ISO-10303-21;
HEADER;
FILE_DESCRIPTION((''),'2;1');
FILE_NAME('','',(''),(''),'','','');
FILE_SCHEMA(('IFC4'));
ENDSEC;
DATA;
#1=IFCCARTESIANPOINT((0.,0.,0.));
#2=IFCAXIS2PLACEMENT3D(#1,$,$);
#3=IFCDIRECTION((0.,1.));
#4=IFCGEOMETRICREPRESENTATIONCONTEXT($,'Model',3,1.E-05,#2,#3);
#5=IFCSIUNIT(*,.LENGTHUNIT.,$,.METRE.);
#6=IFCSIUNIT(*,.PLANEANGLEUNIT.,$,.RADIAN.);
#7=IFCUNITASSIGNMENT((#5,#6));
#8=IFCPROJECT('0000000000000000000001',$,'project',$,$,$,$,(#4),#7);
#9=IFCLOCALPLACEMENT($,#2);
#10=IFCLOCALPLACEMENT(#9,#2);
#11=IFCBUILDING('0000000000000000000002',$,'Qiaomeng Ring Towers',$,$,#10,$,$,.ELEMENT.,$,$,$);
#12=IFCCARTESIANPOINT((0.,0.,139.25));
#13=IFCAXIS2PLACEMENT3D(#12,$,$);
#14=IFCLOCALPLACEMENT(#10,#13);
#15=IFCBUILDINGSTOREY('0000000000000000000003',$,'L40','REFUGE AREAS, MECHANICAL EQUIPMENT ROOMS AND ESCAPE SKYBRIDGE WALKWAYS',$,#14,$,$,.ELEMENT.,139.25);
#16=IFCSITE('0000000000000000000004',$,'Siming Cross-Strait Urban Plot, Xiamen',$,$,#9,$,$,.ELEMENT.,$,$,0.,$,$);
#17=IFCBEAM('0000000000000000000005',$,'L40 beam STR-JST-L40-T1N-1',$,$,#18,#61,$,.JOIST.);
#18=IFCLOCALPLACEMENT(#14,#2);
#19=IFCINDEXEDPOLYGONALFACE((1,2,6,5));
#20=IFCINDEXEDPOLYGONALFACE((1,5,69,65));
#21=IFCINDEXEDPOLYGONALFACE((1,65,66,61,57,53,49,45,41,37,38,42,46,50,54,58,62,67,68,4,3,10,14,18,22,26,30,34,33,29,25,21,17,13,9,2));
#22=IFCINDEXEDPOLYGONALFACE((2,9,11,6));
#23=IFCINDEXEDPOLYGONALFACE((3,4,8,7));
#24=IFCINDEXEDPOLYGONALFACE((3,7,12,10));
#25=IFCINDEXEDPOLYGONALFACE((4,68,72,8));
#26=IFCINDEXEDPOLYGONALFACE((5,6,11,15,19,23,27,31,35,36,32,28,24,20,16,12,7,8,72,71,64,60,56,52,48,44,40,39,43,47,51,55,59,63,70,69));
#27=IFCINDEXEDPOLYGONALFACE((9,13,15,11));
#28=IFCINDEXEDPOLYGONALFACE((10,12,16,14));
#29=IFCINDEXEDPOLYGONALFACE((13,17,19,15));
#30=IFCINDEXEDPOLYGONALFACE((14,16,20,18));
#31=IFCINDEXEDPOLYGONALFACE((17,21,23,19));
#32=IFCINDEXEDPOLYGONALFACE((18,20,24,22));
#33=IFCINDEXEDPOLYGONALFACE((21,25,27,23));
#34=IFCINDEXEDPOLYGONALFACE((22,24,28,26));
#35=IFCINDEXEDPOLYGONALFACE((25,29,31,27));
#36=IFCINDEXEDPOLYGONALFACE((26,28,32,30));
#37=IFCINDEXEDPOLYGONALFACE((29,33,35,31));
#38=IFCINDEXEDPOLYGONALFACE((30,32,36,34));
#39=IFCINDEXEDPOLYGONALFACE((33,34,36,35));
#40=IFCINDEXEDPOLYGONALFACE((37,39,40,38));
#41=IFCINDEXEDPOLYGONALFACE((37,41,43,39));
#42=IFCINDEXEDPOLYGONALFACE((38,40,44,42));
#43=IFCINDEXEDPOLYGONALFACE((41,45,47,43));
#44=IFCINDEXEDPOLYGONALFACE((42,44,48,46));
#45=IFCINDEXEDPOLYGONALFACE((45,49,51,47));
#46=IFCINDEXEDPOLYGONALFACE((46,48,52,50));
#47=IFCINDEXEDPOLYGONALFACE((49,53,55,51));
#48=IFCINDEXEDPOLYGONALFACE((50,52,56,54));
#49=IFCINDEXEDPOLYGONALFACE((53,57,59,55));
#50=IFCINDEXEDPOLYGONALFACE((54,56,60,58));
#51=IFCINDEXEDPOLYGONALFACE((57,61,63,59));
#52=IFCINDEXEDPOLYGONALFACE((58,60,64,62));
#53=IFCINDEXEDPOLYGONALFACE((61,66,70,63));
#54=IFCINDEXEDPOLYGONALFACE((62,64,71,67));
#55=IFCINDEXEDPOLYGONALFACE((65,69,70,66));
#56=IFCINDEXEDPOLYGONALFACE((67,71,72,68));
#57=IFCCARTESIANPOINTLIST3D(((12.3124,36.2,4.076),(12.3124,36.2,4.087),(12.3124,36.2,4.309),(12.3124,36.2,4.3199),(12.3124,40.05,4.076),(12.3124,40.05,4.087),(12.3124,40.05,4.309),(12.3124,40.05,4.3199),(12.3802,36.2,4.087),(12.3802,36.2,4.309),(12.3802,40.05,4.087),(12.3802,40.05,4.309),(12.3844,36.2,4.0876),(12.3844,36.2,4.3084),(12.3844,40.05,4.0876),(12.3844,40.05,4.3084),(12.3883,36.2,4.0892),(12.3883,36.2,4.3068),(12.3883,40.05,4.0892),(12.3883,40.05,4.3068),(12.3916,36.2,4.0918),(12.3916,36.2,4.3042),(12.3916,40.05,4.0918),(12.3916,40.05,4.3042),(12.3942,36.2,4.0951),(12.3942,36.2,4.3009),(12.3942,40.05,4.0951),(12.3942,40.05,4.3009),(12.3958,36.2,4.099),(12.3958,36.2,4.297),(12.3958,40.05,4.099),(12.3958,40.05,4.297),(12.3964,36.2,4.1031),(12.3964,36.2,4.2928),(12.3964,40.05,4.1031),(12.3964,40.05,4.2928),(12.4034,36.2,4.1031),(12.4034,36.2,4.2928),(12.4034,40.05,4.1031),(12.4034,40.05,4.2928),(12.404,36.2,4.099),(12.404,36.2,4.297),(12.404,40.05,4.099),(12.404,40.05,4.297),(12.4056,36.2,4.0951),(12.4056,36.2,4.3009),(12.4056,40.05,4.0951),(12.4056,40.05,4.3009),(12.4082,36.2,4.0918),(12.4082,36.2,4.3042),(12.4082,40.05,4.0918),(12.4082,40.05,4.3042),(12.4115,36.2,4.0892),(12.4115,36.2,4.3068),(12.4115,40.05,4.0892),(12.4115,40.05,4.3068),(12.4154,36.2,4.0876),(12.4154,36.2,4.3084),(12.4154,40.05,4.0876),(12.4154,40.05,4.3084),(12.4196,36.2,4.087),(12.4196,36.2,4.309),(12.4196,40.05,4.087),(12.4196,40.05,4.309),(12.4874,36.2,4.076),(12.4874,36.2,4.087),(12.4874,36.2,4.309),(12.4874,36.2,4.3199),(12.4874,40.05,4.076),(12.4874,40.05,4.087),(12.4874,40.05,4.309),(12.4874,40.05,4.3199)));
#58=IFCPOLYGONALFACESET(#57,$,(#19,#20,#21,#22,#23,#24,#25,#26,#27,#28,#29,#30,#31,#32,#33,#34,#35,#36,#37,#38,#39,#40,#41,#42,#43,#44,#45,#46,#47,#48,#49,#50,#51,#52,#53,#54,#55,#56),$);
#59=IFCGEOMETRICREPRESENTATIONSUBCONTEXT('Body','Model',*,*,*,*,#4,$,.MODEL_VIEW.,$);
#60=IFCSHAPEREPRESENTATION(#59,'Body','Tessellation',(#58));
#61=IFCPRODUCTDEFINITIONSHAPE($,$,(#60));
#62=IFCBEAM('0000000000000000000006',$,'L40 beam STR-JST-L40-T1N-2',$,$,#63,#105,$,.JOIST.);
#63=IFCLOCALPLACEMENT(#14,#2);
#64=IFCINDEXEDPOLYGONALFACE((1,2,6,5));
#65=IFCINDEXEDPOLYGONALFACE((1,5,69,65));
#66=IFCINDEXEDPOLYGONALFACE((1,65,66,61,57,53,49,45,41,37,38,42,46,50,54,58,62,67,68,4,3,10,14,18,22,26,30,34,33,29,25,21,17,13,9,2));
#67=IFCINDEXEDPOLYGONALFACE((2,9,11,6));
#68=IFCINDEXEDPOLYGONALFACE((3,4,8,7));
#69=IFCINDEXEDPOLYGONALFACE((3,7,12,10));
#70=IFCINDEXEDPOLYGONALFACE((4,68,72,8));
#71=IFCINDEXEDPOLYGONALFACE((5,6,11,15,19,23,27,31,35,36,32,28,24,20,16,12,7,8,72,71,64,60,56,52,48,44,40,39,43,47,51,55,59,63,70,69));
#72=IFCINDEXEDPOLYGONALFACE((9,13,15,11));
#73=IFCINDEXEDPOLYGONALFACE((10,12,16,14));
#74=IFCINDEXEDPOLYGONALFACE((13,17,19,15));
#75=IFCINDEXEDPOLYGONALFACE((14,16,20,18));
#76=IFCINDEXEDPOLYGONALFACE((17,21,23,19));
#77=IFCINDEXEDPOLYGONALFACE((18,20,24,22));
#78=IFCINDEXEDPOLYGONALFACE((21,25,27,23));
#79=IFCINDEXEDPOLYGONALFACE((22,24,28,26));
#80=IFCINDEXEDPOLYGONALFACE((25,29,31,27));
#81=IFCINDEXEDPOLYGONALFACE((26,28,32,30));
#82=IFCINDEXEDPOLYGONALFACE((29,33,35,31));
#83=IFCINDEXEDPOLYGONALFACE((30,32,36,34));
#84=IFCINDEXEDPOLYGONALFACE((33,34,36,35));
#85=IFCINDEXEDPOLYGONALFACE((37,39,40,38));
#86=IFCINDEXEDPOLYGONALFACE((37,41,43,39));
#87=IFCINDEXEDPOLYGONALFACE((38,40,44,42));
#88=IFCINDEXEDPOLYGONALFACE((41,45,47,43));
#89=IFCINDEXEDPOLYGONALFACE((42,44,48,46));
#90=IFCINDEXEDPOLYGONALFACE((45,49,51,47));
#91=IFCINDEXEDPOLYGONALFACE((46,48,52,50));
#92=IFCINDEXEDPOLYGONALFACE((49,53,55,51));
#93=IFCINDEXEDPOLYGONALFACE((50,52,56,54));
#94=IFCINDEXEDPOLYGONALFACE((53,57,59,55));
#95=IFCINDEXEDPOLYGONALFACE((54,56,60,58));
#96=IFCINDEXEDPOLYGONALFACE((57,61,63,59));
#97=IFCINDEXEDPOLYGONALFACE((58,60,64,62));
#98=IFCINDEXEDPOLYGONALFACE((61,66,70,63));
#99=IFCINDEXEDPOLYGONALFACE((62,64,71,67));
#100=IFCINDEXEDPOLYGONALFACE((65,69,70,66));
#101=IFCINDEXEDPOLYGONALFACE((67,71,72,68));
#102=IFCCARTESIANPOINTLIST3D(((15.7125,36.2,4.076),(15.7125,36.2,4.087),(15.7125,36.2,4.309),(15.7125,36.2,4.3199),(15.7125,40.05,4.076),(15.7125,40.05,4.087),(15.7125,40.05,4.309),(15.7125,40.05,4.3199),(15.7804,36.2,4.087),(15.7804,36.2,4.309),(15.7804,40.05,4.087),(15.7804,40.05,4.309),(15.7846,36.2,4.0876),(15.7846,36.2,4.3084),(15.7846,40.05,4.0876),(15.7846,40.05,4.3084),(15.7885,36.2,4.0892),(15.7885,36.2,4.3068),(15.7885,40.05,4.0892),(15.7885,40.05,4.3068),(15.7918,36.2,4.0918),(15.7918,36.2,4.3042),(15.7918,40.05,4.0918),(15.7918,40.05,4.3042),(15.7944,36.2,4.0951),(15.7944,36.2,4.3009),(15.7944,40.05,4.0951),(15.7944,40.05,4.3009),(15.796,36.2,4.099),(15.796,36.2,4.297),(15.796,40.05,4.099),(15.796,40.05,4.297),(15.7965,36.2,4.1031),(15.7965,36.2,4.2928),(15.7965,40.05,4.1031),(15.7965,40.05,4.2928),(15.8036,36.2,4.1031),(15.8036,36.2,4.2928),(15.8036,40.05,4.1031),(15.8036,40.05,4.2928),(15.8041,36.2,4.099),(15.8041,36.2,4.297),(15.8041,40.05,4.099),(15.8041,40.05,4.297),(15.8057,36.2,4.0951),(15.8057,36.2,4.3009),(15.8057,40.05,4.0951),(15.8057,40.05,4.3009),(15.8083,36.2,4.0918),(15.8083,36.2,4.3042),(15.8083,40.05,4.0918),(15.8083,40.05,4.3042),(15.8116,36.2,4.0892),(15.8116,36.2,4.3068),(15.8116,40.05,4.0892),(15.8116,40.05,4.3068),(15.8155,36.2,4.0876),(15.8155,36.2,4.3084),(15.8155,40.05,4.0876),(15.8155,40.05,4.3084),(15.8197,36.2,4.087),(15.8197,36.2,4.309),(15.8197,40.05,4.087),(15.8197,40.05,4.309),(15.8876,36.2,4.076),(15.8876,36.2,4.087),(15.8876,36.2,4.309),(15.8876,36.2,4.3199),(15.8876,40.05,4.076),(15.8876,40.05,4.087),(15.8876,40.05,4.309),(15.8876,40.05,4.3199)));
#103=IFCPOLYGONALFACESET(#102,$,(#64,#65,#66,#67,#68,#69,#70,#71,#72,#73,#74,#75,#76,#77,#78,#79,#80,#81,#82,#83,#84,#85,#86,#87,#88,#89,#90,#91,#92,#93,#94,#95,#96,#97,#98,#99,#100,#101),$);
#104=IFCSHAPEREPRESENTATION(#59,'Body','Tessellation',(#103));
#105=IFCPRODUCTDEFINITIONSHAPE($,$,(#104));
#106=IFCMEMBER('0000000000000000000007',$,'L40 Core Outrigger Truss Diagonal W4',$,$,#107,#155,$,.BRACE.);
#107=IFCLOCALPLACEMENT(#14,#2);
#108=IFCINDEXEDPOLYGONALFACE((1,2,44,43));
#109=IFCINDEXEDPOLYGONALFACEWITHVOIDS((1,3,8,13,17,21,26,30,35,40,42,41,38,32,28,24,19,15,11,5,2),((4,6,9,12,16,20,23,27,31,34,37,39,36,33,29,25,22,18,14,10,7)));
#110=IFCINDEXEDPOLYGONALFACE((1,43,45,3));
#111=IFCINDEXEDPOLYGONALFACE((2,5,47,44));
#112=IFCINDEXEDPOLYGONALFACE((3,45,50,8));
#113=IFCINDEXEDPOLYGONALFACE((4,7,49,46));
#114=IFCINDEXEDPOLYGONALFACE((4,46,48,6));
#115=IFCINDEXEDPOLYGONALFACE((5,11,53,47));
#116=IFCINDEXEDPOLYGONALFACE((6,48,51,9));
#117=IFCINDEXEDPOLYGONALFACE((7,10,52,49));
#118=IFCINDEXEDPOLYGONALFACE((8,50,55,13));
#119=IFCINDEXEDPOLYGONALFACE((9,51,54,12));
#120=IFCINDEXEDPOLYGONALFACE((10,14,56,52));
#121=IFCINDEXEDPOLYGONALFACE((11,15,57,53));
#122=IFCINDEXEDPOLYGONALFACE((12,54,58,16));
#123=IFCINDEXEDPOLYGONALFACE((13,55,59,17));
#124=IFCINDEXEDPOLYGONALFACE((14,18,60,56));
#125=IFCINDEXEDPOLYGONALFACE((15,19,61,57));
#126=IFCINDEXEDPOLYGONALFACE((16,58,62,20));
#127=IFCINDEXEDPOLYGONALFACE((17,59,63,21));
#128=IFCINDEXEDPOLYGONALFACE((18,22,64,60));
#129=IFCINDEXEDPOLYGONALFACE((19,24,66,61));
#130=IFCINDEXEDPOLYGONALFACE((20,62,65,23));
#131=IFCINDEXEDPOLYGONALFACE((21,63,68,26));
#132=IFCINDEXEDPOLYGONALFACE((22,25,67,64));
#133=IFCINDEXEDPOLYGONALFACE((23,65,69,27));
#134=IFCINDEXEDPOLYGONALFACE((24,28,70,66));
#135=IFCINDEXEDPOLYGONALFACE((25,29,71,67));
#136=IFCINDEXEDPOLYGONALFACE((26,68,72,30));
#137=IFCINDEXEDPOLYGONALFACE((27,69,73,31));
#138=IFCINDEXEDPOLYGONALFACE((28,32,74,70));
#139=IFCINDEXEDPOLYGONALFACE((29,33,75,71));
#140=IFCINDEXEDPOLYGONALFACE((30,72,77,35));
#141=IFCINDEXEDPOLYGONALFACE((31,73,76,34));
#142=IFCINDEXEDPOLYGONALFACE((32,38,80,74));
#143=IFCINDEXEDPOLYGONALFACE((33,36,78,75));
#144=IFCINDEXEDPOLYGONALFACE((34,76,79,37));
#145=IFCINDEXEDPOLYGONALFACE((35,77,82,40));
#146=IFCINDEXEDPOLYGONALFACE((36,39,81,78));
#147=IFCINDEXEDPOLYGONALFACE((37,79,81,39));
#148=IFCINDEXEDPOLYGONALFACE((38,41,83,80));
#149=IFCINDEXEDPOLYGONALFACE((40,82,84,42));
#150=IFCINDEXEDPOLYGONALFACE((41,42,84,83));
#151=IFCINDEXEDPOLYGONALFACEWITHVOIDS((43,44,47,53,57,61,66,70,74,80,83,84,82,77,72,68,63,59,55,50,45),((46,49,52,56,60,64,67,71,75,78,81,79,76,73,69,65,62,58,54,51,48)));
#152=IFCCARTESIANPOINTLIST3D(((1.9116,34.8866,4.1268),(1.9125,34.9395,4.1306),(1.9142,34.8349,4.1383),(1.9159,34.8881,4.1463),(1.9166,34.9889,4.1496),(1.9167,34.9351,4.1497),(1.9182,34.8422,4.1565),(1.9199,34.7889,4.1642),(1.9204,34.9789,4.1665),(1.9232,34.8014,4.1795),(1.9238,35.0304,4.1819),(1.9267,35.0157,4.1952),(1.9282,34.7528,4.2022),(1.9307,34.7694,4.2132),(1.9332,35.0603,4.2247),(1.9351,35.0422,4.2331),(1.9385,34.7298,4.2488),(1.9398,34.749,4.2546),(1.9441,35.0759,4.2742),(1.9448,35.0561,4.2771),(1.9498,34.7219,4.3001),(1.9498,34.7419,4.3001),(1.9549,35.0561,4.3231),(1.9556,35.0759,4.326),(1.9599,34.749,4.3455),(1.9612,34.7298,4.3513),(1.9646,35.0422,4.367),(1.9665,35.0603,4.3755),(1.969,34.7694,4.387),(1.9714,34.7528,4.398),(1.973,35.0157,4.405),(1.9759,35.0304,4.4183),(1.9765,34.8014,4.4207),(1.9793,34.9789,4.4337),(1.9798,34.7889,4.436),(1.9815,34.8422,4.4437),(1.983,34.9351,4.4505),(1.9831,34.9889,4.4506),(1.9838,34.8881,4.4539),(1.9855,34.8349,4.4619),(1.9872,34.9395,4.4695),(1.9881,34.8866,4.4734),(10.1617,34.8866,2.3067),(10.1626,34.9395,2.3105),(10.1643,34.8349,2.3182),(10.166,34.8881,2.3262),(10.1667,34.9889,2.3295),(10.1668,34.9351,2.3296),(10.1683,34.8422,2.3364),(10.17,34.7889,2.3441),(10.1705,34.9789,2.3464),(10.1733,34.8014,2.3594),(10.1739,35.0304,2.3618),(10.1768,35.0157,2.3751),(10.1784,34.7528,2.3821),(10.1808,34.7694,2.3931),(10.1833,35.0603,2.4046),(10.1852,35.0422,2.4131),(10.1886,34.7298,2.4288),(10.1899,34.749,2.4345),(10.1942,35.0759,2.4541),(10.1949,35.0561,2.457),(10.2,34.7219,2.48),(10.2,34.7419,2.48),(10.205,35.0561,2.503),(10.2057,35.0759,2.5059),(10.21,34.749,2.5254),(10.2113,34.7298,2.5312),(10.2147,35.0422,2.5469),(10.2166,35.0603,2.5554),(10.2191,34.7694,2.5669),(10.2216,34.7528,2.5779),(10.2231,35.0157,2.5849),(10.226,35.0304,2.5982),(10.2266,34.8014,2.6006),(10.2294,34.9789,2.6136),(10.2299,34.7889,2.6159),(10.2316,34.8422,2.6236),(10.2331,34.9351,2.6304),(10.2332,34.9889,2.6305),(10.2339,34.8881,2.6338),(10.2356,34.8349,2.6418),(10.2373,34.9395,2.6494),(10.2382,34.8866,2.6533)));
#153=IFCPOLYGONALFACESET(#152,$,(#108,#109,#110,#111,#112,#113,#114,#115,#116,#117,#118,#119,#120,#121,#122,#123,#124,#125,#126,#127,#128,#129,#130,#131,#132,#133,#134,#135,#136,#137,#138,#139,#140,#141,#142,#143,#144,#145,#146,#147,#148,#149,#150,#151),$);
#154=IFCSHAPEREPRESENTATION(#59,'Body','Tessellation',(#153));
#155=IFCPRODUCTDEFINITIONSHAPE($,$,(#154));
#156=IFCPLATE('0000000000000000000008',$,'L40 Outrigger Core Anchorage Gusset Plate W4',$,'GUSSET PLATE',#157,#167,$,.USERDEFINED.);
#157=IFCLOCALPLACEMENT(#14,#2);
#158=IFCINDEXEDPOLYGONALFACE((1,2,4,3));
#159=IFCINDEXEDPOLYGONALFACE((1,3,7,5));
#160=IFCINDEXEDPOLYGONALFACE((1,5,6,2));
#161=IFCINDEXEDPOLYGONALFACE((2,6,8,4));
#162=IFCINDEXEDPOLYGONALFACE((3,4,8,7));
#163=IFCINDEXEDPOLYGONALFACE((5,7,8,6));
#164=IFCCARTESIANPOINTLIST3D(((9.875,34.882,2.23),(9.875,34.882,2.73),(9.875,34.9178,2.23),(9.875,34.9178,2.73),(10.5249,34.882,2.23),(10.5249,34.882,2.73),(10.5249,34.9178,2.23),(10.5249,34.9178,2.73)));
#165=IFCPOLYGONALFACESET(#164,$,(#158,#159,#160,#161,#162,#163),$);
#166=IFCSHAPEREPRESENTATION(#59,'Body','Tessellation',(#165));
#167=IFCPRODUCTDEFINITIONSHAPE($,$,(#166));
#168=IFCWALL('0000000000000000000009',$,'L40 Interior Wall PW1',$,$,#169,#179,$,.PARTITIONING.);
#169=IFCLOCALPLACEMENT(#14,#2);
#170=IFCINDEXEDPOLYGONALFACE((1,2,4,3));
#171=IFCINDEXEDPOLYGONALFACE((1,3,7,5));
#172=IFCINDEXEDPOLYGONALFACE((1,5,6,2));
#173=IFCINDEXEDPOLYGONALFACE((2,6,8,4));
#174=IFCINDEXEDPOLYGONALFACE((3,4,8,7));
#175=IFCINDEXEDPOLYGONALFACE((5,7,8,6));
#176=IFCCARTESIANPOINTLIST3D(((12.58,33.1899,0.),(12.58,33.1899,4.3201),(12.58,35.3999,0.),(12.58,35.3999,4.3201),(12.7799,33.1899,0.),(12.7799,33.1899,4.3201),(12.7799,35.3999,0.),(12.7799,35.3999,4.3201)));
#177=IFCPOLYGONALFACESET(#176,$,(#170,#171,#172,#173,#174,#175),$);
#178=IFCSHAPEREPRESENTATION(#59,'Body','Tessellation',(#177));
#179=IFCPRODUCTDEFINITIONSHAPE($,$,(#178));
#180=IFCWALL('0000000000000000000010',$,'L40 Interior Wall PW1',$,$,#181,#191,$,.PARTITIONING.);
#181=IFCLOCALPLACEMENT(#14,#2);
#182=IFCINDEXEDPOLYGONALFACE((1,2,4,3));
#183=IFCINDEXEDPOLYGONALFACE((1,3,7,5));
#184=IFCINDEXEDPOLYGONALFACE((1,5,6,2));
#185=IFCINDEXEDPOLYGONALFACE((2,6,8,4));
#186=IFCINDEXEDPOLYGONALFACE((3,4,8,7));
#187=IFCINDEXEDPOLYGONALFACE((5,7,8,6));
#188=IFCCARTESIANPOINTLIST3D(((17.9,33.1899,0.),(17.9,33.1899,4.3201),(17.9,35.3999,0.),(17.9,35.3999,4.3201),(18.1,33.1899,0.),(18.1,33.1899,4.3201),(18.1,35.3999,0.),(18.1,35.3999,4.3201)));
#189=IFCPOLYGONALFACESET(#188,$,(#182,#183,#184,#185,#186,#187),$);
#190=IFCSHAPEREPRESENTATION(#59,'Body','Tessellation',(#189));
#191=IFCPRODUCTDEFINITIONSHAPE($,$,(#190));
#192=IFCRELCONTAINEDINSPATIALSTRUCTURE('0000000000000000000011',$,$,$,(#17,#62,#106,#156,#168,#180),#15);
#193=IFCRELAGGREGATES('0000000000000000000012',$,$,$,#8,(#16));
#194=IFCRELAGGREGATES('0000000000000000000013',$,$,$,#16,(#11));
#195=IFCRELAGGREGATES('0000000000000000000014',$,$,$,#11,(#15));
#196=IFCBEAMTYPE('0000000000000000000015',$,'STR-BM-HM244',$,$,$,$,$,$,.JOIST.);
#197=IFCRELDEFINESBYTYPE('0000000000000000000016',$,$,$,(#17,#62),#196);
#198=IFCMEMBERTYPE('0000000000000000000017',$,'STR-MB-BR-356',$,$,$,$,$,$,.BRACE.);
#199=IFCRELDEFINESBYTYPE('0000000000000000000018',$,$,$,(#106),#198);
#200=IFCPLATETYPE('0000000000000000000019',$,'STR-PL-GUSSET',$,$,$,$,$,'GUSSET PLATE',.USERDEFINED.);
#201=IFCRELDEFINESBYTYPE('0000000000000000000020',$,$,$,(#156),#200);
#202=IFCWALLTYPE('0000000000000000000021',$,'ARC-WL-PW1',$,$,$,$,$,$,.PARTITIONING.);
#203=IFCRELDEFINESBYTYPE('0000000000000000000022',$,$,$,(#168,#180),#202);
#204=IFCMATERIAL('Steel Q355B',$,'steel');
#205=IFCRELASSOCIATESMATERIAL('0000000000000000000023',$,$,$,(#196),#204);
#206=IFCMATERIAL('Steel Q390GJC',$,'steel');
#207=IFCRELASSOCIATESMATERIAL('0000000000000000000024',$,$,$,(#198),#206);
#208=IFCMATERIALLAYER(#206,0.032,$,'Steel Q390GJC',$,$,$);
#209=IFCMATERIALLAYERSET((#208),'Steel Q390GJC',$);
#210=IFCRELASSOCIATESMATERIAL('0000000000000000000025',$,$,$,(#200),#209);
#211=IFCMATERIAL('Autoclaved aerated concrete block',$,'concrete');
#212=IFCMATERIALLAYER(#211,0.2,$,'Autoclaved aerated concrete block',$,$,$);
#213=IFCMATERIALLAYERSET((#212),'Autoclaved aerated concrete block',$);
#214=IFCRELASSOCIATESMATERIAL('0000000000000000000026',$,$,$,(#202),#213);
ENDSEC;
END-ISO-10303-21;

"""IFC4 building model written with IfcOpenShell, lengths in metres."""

from ifc_helpers import new_model, si_unit, direction, frame, frame_2d, origin, origin_2d, place, context, subcontext, project, spatial, rectangle, hollow_circle, i_section, extrude, source, transform, mapped, material, layer, layer_set, material_profile, profile_set, type_object, element, save


model = new_model("IFC4")

# Units and contexts
model_context = context("Model", 3, precision=1e-05, world=origin(), true_north=direction((0.0, 1.0)))
body_context = subcontext(model_context, "Body", "Model", "MODEL_VIEW")
ifc_project = project(units=[si_unit("LENGTHUNIT", "METRE"), si_unit("PLANEANGLEUNIT", "RADIAN")], contexts=[model_context])

# Site, building, storey
site_placement = place(None, origin())
site = spatial("IfcSite", under=ifc_project, at=site_placement, Name="Siming Cross-Strait Urban Plot, Xiamen", CompositionType="ELEMENT", RefElevation=0.0)
building_placement = place(site_placement, origin())
building = spatial("IfcBuilding", under=site, at=building_placement, Name="Qiaomeng Ring Towers", CompositionType="ELEMENT")
storey_placement = place(building_placement, frame((0.0, 0.0, 139.25)))
storey = spatial("IfcBuildingStorey", under=building, at=storey_placement, Name="L40", Description="REFUGE AREAS, MECHANICAL EQUIPMENT ROOMS AND ESCAPE SKYBRIDGE WALKWAYS", CompositionType="ELEMENT", Elevation=139.25)

# Beams
ifc_material_1 = material(Name="Steel Q355B", Category="steel")
ifc_material_profile_1 = material_profile(ifc_material_1, i_section(OverallWidth=0.175, OverallDepth=0.2439, WebThickness=0.0071, FlangeThickness=0.011, FilletRadius=0.0161, at=origin_2d()), Name="HM 244x175x7x11")
ifc_profile_set_1 = profile_set([ifc_material_profile_1], Name="Steel Q355B")
beam_type = type_object("IfcBeamType", Name="STR-BM-HM244", PredefinedType="JOIST", material=ifc_profile_set_1)
shared_shape_1 = source(origin(), body_context, "Body", "SweptSolid", [
    extrude(i_section(OverallWidth=0.175, OverallDepth=0.2439, WebThickness=0.0071, FlangeThickness=0.011, FilletRadius=0.0161, at=origin_2d()), origin(), (0.0, 0.0, 1.0), 3.8501),
])
for number, where, z_axis, x_axis, name in (
    (1, (12.3999, 36.2, 4.198), (0.0, 1.0, 0.0), (-1.0, 0.0, 0.0), "L40 beam STR-JST-L40-T1N-1"),
    (2, (15.8, 36.2, 4.198), (0.0, 1.0, 0.0), (-1.0, 0.0, 0.0), "L40 beam STR-JST-L40-T1N-2"),
):
    element("IfcBeam", number, at=place(storey_placement, frame(where, z_axis=z_axis, x_axis=x_axis)), inside=storey, type_object=beam_type, Name=name, PredefinedType="JOIST", context=body_context, shape_type="MappedRepresentation", body=[
        mapped(shared_shape_1, transform((0.0, 0.0, 0.0), x_axis=(1.0, 0.0, 0.0), y_axis=(0.0, 1.0, 0.0), z_axis=(0.0, 0.0, 1.0), scale=1.0)),
    ])

# Member
ifc_material_2 = material(Name="Steel Q390GJC", Category="steel")
ifc_material_profile_2 = material_profile(ifc_material_2, hollow_circle(Radius=0.178, WallThickness=0.02, at=origin_2d()), Name="CHS 356x20")
ifc_profile_set_2 = profile_set([ifc_material_profile_2], Name="Steel Q390GJC")
member_type = type_object("IfcMemberType", Name="STR-MB-BR-356", PredefinedType="BRACE", material=ifc_profile_set_2)
shared_shape_2 = source(origin(), body_context, "Body", "SweptSolid", [
    extrude(hollow_circle(Radius=0.178, WallThickness=0.02, at=origin_2d()), origin(), (0.0, 0.0, 1.0), 8.4485),
])
member_placement = place(storey_placement, frame((10.2, 34.8999, 2.48), z_axis=(-0.976518, 0.0, 0.215434), x_axis=(0.0, -1.0, 0.0)))
element("IfcMember", 3, at=member_placement, inside=storey, type_object=member_type, Name="L40 Core Outrigger Truss Diagonal W4", PredefinedType="BRACE", context=body_context, shape_type="MappedRepresentation", body=[
    mapped(shared_shape_2, transform((0.0, 0.0, 0.0), x_axis=(1.0, 0.0, 0.0), y_axis=(0.0, 1.0, 0.0), z_axis=(0.0, 0.0, 1.0), scale=1.0)),
])

# Plate
ifc_layer_1 = layer(ifc_material_2, 0.032, Name="Steel Q390GJC")
ifc_layer_set_1 = layer_set([ifc_layer_1], Name="Steel Q390GJC")
plate_type = type_object("IfcPlateType", Name="STR-PL-GUSSET", ElementType="GUSSET PLATE", PredefinedType="USERDEFINED", material=ifc_layer_set_1)
shared_shape_3 = source(origin(), body_context, "Body", "SweptSolid", [
    extrude(rectangle(XDim=0.6499, YDim=0.0359, at=origin_2d()), origin(), (0.0, 0.0, 1.0), 0.5),
])
plate_placement = place(storey_placement, frame((10.2, 34.8999, 2.23), z_axis=(0.0, 0.0, 1.0), x_axis=(1.0, 0.0, 0.0)))
element("IfcPlate", 4, at=plate_placement, inside=storey, type_object=plate_type, Name="L40 Outrigger Core Anchorage Gusset Plate W4", ObjectType="GUSSET PLATE", PredefinedType="USERDEFINED", context=body_context, shape_type="MappedRepresentation", body=[
    mapped(shared_shape_3, transform((0.0, 0.0, 0.0), x_axis=(1.0, 0.0, 0.0), y_axis=(0.0, 1.0, 0.0), z_axis=(0.0, 0.0, 1.0), scale=1.0)),
])

# Walls
ifc_material_3 = material(Name="Autoclaved aerated concrete block", Category="concrete")
ifc_layer_2 = layer(ifc_material_3, 0.2, Name="Autoclaved aerated concrete block")
ifc_layer_set_2 = layer_set([ifc_layer_2], Name="Autoclaved aerated concrete block")
wall_type_1 = type_object("IfcWallType", Name="ARC-WL-PW1", PredefinedType="PARTITIONING", material=ifc_layer_set_2)
for number, where, z_axis, x_axis, name in (
    (5, (12.6799, 33.1899, 0.0), (0.0, 0.0, 1.0), (0.0, 1.0, 0.0), "L40 Interior Wall PW1"),
    (6, (18.0, 33.1899, 0.0), (0.0, 0.0, 1.0), (0.0, 1.0, 0.0), "L40 Interior Wall PW1"),
):
    element("IfcWall", number, at=place(storey_placement, frame(where, z_axis=z_axis, x_axis=x_axis)), inside=storey, type_object=wall_type_1, Name=name, PredefinedType="PARTITIONING", context=body_context, shape_type="SweptSolid", body=[
        extrude(rectangle(XDim=2.21, YDim=0.2, at=frame_2d((1.105, 0.0))), origin(), (0.0, 0.0, 1.0), 4.3201),
    ])

save(model, "model.ifc")
